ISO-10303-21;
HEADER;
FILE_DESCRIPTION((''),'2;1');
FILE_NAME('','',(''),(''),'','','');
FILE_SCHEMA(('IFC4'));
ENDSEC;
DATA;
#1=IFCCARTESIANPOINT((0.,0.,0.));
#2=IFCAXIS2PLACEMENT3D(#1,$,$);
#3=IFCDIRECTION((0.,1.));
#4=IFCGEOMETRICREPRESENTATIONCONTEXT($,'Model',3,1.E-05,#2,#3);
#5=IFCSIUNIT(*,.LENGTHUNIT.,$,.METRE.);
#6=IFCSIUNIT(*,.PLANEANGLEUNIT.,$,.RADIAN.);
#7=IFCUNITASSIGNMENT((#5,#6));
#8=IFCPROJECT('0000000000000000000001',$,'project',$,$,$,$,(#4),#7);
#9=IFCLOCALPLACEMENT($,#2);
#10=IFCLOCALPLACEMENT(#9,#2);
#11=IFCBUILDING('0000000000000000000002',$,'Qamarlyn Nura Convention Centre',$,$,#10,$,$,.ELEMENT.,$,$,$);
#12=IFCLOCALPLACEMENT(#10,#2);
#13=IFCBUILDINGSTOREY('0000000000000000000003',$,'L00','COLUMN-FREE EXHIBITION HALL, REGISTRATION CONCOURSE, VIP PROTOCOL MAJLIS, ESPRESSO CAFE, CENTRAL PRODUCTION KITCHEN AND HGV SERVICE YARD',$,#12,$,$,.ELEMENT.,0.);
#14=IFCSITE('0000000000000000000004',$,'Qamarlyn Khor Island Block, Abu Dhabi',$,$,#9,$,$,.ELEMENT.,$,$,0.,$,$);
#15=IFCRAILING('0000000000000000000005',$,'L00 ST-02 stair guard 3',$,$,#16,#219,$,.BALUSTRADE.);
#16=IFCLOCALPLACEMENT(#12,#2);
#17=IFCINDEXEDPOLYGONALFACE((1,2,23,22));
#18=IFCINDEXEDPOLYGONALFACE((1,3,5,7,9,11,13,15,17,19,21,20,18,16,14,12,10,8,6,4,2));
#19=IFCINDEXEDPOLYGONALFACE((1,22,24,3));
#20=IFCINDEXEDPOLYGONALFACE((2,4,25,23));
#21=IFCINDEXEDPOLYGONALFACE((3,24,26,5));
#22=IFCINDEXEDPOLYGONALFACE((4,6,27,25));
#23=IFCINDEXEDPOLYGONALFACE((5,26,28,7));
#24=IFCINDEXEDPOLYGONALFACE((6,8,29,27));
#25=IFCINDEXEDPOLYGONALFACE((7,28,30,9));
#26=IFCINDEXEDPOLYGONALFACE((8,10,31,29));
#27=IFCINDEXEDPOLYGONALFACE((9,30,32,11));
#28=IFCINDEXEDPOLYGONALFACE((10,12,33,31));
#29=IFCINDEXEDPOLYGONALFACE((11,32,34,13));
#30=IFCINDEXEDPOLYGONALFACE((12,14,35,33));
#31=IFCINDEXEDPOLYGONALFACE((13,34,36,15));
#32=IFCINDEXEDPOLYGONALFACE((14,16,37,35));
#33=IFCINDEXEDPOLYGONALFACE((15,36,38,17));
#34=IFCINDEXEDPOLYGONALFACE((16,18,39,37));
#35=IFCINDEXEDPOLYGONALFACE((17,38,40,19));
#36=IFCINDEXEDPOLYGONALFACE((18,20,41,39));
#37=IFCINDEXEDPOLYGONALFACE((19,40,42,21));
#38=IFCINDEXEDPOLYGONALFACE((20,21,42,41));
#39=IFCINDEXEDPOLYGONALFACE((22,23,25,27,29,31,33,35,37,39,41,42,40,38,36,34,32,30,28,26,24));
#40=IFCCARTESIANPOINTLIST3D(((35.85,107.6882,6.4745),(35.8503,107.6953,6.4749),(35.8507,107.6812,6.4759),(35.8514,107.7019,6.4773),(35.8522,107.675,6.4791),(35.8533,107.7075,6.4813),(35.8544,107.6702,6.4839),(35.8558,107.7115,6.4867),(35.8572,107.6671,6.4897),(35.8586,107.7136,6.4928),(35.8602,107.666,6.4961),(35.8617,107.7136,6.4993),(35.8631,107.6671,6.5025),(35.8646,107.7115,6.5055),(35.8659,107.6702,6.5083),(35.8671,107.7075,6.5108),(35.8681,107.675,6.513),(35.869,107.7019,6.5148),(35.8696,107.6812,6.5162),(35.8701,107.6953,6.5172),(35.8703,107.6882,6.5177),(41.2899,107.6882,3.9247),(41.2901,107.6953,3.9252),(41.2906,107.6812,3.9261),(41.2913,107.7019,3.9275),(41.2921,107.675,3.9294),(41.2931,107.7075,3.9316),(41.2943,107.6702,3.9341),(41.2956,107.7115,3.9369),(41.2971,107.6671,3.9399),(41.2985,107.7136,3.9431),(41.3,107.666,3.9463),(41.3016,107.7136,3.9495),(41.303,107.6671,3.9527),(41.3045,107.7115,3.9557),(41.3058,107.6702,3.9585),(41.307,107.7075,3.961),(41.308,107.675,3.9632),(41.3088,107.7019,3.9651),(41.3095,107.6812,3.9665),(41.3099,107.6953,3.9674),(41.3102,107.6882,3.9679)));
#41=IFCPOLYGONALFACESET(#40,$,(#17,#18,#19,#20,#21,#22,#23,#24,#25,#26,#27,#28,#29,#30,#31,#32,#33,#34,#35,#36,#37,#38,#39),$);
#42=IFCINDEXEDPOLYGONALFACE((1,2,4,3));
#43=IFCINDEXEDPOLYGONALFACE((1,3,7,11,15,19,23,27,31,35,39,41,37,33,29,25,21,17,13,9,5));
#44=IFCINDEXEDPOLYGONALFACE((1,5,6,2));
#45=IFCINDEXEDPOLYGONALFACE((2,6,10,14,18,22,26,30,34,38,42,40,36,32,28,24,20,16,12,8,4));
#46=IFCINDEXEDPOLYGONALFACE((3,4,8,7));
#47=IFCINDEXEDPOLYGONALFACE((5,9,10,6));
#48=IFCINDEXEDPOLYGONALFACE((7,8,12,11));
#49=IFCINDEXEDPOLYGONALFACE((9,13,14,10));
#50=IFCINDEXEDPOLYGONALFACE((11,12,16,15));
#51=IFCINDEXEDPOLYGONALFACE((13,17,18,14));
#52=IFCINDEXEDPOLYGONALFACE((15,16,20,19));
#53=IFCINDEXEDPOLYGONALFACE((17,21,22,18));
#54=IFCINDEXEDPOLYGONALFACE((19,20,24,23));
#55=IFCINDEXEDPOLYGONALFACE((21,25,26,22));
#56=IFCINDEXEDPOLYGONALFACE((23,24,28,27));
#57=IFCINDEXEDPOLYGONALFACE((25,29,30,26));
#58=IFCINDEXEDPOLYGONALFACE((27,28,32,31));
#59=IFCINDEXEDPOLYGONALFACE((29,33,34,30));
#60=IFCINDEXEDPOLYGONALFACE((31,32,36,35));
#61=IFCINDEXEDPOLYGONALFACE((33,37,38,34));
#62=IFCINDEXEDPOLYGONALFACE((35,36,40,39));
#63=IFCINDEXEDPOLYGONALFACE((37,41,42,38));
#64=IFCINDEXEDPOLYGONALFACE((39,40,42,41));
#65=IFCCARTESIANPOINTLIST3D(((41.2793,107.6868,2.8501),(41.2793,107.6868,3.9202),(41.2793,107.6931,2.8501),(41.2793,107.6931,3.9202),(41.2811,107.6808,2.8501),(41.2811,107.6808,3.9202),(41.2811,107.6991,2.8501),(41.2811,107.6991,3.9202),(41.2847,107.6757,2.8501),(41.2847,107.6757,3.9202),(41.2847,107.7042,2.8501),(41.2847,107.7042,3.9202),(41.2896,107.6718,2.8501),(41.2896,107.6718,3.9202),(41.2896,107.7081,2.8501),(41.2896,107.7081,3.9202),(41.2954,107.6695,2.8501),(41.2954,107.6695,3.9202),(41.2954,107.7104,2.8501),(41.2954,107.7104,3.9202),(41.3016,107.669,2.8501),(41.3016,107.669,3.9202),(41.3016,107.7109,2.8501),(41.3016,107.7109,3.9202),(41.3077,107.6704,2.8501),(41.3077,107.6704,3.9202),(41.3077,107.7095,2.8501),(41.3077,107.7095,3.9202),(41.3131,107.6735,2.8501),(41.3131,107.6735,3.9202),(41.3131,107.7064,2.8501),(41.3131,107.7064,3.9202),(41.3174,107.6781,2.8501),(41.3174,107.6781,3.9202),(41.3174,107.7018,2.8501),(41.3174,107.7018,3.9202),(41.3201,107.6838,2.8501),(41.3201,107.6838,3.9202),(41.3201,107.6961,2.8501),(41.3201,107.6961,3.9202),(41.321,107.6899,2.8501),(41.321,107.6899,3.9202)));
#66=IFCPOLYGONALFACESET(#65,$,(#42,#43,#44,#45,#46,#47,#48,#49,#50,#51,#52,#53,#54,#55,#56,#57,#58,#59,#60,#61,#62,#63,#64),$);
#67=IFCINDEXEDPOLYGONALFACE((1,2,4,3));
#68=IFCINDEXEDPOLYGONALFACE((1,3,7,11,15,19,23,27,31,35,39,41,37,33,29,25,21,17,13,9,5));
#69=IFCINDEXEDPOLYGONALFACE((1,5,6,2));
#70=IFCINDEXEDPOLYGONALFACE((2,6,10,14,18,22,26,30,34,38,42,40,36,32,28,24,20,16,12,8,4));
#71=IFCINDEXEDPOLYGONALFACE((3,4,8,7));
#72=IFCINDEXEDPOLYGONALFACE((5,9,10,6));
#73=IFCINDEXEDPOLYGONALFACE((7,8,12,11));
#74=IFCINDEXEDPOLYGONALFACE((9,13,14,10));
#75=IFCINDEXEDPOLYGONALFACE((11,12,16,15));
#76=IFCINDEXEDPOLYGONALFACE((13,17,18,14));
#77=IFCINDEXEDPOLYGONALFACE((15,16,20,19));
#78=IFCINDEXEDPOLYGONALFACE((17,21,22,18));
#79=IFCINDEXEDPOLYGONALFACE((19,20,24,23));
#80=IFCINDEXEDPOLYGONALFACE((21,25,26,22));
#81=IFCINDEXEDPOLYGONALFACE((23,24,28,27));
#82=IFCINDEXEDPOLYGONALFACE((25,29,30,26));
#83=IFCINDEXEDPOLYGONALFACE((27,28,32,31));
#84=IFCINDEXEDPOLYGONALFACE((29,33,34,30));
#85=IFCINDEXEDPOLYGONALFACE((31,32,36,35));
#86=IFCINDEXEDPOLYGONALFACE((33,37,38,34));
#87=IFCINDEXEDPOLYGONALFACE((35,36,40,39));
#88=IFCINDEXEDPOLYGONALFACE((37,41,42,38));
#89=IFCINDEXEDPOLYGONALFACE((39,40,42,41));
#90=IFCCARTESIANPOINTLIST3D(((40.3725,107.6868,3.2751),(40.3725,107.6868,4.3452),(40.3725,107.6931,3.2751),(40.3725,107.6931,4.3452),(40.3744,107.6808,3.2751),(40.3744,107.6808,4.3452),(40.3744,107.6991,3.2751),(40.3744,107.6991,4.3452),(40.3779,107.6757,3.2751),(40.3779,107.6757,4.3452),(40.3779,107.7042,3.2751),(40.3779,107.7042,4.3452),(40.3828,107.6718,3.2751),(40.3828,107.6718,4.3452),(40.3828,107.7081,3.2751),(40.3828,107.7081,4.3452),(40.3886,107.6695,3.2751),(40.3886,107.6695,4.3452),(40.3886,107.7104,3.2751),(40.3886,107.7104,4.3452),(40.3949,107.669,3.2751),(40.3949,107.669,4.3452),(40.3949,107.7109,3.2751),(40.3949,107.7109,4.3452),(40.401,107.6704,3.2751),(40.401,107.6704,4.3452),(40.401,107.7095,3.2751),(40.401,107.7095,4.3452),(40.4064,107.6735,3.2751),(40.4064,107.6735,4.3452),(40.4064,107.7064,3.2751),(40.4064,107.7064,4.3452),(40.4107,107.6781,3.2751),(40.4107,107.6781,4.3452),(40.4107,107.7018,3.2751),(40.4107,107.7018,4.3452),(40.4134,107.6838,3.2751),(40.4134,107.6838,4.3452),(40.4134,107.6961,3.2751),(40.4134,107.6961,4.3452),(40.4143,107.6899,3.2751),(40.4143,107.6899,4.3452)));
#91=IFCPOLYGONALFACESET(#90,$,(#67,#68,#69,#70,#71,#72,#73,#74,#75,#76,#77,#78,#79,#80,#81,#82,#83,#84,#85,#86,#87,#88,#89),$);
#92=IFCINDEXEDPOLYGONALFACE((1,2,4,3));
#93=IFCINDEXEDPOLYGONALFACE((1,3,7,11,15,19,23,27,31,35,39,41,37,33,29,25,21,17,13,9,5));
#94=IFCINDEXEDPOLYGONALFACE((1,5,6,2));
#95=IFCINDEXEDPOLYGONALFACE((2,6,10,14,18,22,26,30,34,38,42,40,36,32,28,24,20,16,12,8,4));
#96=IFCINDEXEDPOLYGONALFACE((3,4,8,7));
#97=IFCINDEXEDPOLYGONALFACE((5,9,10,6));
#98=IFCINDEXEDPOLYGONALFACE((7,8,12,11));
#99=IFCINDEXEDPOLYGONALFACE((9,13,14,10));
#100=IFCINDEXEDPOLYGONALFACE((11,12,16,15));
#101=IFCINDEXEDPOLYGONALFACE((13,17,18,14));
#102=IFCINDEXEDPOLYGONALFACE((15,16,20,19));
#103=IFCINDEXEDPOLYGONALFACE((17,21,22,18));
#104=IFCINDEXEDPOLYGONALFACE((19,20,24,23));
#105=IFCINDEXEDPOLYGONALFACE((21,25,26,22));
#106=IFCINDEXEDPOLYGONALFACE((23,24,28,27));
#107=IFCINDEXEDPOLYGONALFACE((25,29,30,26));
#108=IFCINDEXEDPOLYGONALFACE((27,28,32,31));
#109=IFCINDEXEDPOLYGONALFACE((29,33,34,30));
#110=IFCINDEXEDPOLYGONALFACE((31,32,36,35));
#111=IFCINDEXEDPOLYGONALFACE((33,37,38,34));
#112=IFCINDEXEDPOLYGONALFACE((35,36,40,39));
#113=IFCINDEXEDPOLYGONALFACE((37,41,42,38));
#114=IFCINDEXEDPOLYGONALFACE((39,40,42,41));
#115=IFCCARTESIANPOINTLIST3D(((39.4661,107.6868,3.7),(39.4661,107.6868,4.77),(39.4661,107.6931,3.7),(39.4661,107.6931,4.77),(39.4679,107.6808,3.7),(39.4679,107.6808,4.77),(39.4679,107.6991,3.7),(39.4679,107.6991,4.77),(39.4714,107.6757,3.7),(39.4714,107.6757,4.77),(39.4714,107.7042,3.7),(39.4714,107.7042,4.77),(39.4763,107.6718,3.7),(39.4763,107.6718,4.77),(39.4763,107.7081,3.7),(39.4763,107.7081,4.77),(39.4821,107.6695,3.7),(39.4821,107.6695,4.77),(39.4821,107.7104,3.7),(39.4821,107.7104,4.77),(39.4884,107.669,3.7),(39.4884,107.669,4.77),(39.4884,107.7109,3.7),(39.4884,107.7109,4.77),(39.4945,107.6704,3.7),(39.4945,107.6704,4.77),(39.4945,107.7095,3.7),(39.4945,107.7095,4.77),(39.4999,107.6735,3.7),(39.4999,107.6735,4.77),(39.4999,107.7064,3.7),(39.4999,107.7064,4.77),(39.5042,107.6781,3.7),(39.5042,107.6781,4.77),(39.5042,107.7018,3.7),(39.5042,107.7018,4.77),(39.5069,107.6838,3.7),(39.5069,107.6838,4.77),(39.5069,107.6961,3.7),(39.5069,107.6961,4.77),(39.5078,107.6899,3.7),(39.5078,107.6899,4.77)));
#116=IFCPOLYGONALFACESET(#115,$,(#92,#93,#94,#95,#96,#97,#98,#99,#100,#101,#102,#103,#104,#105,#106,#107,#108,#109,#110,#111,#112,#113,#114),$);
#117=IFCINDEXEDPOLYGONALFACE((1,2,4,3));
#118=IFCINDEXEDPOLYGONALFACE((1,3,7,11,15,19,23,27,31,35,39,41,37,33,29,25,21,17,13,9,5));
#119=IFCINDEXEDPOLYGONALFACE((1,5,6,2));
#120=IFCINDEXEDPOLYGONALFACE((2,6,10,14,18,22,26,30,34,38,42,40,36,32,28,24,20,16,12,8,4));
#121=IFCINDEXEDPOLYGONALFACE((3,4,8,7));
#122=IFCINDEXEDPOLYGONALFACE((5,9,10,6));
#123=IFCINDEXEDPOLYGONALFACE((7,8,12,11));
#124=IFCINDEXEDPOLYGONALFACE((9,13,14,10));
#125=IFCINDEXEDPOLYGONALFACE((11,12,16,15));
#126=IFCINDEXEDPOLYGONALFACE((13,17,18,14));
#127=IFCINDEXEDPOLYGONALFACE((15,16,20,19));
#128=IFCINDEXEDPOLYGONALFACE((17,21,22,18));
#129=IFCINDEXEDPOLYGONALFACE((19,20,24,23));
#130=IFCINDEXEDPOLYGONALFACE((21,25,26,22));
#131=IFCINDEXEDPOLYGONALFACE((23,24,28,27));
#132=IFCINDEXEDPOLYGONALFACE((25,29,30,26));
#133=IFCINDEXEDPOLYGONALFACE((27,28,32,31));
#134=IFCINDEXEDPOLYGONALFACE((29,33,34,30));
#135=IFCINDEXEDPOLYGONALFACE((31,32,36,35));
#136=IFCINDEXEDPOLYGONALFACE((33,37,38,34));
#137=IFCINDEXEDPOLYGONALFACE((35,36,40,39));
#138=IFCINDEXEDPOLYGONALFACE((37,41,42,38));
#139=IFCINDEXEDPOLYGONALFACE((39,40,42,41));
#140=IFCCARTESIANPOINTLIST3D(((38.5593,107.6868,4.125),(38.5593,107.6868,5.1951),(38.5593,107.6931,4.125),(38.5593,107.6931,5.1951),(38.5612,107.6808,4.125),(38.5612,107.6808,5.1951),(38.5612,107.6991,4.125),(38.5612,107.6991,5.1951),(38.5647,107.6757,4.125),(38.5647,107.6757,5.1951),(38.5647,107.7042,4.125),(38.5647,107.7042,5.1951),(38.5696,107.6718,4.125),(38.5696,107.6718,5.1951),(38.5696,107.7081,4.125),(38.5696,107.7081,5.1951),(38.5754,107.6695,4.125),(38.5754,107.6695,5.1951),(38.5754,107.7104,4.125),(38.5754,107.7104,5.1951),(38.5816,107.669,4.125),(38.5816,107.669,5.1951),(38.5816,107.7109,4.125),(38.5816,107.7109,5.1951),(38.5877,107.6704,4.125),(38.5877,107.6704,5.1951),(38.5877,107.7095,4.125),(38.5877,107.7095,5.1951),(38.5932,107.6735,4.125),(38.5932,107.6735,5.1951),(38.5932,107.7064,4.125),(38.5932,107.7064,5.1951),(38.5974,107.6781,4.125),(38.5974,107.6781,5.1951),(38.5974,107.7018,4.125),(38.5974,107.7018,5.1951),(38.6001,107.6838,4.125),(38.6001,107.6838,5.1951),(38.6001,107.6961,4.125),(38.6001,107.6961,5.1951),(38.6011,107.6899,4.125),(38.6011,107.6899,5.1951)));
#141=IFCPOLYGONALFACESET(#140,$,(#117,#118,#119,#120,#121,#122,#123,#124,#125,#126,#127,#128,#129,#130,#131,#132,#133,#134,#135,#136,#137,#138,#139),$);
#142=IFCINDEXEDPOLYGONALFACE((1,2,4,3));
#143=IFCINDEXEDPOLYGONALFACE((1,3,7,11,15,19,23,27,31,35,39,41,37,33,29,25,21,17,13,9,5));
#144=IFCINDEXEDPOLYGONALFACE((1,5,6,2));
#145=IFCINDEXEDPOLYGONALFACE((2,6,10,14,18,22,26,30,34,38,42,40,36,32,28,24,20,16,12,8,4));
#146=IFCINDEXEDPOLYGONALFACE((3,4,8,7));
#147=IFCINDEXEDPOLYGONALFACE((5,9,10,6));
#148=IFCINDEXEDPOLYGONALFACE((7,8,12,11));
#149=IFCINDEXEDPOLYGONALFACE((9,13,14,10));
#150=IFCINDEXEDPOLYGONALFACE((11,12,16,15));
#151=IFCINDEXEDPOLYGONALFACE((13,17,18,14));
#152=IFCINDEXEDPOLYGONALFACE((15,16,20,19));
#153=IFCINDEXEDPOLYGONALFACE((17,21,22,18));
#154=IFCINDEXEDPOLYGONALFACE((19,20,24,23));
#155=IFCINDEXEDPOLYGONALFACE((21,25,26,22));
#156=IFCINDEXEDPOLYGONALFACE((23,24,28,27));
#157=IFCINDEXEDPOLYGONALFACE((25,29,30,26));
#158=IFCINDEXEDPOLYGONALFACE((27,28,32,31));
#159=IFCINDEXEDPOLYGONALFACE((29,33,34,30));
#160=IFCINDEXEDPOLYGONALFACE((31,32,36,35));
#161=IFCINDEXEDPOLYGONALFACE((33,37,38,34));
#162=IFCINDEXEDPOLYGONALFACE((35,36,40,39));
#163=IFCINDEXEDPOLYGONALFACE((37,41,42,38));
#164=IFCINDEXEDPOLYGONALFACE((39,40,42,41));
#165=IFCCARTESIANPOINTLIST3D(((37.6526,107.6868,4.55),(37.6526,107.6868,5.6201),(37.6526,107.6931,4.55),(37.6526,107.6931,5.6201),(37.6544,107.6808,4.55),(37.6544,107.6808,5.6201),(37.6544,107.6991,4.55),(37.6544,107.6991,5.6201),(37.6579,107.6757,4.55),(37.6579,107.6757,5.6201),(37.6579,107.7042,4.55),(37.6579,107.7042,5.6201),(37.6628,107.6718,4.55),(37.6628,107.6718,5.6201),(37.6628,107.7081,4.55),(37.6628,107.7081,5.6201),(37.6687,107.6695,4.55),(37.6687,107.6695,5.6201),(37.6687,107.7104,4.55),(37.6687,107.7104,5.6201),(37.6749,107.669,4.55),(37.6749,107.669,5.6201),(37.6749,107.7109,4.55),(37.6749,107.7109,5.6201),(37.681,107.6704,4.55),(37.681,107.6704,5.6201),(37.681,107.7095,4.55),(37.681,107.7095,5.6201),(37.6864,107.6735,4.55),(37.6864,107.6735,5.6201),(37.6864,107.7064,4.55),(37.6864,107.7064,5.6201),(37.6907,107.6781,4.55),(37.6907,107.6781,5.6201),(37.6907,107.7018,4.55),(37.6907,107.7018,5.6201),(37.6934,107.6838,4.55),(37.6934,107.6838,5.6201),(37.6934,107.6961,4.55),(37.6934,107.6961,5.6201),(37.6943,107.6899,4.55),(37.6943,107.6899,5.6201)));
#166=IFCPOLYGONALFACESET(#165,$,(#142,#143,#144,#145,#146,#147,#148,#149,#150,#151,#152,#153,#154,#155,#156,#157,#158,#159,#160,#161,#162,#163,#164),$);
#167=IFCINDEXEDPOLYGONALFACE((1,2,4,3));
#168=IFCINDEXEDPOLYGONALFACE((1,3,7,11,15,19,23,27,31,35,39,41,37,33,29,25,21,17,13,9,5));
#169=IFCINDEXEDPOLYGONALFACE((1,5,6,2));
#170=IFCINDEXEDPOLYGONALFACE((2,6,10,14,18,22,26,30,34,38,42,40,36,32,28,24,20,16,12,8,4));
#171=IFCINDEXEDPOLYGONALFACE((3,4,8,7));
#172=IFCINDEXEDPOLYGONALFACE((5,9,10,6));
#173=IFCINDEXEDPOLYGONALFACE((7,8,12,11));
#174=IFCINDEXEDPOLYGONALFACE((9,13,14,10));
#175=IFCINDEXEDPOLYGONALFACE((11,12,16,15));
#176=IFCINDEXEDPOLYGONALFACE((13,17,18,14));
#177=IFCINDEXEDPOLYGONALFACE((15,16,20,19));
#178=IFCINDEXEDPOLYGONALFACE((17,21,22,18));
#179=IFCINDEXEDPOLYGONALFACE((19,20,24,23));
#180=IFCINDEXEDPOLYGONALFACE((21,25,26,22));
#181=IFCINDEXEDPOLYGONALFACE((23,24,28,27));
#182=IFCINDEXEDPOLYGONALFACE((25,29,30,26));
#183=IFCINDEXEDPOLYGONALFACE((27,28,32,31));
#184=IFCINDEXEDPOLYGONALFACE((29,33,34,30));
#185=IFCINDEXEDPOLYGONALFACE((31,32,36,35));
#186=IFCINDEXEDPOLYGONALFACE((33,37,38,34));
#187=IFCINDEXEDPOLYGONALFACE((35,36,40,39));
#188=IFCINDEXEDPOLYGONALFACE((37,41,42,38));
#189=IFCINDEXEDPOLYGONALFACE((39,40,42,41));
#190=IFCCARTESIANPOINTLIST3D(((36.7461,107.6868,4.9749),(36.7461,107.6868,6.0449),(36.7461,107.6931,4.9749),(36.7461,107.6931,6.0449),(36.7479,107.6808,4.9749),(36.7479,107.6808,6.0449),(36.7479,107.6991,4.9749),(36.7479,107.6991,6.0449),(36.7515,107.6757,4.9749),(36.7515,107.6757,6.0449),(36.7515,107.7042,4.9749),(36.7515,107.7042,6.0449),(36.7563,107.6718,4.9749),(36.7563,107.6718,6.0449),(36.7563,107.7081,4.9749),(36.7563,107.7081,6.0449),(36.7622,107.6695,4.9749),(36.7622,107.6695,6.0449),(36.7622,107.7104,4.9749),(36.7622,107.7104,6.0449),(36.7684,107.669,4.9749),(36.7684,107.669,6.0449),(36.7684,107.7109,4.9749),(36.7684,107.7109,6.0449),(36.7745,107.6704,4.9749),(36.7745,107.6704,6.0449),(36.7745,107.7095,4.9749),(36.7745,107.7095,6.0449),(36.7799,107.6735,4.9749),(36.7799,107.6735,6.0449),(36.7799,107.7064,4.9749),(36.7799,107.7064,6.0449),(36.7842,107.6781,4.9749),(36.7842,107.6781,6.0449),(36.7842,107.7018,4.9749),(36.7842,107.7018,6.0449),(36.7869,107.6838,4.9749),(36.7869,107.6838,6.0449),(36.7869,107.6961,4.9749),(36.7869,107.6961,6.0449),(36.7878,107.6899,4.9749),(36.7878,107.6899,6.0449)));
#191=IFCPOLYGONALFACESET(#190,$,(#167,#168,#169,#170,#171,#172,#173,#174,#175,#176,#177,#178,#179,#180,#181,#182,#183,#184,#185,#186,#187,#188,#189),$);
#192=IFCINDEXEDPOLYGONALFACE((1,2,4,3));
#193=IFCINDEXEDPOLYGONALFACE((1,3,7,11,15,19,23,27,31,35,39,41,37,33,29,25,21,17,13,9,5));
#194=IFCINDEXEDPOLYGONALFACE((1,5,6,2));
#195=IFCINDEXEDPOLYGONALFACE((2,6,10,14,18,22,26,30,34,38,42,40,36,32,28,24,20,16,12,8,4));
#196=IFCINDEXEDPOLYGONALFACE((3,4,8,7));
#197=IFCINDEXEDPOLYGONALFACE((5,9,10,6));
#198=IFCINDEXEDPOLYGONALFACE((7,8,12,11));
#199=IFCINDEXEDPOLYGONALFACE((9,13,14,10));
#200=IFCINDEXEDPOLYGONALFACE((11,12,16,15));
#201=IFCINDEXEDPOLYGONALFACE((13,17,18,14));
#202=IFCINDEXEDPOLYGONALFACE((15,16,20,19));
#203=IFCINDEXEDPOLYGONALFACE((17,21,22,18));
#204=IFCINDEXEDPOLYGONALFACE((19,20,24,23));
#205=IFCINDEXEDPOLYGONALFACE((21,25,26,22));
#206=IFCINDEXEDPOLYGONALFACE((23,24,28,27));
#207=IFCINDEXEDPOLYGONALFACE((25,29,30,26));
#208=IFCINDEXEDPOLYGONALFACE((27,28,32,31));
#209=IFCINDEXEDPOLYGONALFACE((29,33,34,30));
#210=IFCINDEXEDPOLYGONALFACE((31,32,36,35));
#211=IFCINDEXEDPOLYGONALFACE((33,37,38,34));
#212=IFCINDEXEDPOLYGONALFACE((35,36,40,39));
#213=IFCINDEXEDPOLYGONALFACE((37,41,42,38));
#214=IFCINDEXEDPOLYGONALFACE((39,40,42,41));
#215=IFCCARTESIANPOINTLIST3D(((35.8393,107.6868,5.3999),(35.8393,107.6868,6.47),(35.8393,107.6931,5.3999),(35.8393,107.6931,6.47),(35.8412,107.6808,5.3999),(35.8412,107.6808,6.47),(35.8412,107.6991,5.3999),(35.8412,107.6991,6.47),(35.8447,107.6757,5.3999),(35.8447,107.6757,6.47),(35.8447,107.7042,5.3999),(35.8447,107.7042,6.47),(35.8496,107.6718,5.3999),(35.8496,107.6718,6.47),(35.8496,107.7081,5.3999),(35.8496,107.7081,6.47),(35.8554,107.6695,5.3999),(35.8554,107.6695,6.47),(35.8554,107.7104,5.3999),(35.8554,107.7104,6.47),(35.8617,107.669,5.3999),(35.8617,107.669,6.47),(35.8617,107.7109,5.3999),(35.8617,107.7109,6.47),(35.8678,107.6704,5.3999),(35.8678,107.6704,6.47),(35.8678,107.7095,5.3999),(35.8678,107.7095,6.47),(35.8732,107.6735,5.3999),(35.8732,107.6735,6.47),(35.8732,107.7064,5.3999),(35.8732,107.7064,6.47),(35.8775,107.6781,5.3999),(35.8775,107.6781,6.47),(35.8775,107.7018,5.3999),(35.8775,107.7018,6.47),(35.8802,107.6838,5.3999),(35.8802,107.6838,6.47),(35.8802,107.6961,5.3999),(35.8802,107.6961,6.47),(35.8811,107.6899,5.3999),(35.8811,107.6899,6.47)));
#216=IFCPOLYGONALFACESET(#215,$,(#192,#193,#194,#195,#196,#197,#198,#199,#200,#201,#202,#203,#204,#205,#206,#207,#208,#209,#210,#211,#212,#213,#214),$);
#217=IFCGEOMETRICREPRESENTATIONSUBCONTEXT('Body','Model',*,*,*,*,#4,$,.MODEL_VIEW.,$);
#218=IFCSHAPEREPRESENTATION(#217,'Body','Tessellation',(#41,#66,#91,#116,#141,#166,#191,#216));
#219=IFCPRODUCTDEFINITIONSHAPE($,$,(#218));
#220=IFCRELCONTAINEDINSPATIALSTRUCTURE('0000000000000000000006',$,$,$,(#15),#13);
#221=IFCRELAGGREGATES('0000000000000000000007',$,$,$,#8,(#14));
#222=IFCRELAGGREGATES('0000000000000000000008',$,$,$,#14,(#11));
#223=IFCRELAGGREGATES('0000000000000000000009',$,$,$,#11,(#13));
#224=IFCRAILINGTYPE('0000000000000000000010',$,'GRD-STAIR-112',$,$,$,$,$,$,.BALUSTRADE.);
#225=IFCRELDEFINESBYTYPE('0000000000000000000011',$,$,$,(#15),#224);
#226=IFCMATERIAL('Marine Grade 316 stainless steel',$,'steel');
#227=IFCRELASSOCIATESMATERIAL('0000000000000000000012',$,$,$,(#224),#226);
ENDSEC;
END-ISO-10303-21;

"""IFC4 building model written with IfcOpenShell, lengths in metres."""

from ifc_helpers import new_model, si_unit, direction, frame, origin, origin_2d, place, context, subcontext, project, spatial, circle, extrude, material, type_object, element, save


model = new_model("IFC4")

# Units and contexts
model_context = context("Model", 3, precision=1e-05, world=origin(), true_north=direction((0.0, 1.0)))
body_context = subcontext(model_context, "Body", "Model", "MODEL_VIEW")
ifc_project = project(units=[si_unit("LENGTHUNIT", "METRE"), si_unit("PLANEANGLEUNIT", "RADIAN")], contexts=[model_context])

# Site, building, storey
site_placement = place(None, origin())
site = spatial("IfcSite", under=ifc_project, at=site_placement, Name="Qamarlyn Khor Island Block, Abu Dhabi", CompositionType="ELEMENT", RefElevation=0.0)
building_placement = place(site_placement, origin())
building = spatial("IfcBuilding", under=site, at=building_placement, Name="Qamarlyn Nura Convention Centre", CompositionType="ELEMENT")
storey_placement = place(building_placement, origin())
storey = spatial("IfcBuildingStorey", under=building, at=storey_placement, Name="L00", Description="COLUMN-FREE EXHIBITION HALL, REGISTRATION CONCOURSE, VIP PROTOCOL MAJLIS, ESPRESSO CAFE, CENTRAL PRODUCTION KITCHEN AND HGV SERVICE YARD", CompositionType="ELEMENT", Elevation=0.0)

# Railing
ifc_material_1 = material(Name="Marine Grade 316 stainless steel", Category="steel")
railing_type_1 = type_object("IfcRailingType", Name="GRD-STAIR-112", PredefinedType="BALUSTRADE", material=ifc_material_1)
railing_1_placement = place(storey_placement, frame((41.3, 107.6899, 2.8501)))
element("IfcRailing", 1, at=railing_1_placement, inside=storey, type_object=railing_type_1, Name="L00 ST-02 stair guard 3", PredefinedType="BALUSTRADE", context=body_context, shape_type="SweptSolid", body=[
    extrude(circle(Radius=0.0239, at=origin_2d()), frame((0.0, 0.0, 1.0962), z_axis=(-0.90547, 0.0, 0.424411), x_axis=(0.0, -1.0, 0.0)), (0.0, 0.0, 1.0), 6.0078),
    extrude(circle(Radius=0.021, at=origin_2d()), origin(), (0.0, 0.0, 1.0), 1.0701),
    extrude(circle(Radius=0.021, at=origin_2d()), frame((-0.9067, 0.0, 0.425)), (0.0, 0.0, 1.0), 1.0701),
    extrude(circle(Radius=0.021, at=origin_2d()), frame((-1.8132, 0.0, 0.8499)), (0.0, 0.0, 1.0), 1.0701),
    extrude(circle(Radius=0.021, at=origin_2d()), frame((-2.72, 0.0, 1.2749)), (0.0, 0.0, 1.0), 1.0701),
    extrude(circle(Radius=0.021, at=origin_2d()), frame((-3.6267, 0.0, 1.7)), (0.0, 0.0, 1.0), 1.0701),
    extrude(circle(Radius=0.021, at=origin_2d()), frame((-4.5332, 0.0, 2.1248)), (0.0, 0.0, 1.0), 1.0701),
    extrude(circle(Radius=0.021, at=origin_2d()), frame((-5.4399, 0.0, 2.5498)), (0.0, 0.0, 1.0), 1.0701),
])

save(model, "model.ifc")
